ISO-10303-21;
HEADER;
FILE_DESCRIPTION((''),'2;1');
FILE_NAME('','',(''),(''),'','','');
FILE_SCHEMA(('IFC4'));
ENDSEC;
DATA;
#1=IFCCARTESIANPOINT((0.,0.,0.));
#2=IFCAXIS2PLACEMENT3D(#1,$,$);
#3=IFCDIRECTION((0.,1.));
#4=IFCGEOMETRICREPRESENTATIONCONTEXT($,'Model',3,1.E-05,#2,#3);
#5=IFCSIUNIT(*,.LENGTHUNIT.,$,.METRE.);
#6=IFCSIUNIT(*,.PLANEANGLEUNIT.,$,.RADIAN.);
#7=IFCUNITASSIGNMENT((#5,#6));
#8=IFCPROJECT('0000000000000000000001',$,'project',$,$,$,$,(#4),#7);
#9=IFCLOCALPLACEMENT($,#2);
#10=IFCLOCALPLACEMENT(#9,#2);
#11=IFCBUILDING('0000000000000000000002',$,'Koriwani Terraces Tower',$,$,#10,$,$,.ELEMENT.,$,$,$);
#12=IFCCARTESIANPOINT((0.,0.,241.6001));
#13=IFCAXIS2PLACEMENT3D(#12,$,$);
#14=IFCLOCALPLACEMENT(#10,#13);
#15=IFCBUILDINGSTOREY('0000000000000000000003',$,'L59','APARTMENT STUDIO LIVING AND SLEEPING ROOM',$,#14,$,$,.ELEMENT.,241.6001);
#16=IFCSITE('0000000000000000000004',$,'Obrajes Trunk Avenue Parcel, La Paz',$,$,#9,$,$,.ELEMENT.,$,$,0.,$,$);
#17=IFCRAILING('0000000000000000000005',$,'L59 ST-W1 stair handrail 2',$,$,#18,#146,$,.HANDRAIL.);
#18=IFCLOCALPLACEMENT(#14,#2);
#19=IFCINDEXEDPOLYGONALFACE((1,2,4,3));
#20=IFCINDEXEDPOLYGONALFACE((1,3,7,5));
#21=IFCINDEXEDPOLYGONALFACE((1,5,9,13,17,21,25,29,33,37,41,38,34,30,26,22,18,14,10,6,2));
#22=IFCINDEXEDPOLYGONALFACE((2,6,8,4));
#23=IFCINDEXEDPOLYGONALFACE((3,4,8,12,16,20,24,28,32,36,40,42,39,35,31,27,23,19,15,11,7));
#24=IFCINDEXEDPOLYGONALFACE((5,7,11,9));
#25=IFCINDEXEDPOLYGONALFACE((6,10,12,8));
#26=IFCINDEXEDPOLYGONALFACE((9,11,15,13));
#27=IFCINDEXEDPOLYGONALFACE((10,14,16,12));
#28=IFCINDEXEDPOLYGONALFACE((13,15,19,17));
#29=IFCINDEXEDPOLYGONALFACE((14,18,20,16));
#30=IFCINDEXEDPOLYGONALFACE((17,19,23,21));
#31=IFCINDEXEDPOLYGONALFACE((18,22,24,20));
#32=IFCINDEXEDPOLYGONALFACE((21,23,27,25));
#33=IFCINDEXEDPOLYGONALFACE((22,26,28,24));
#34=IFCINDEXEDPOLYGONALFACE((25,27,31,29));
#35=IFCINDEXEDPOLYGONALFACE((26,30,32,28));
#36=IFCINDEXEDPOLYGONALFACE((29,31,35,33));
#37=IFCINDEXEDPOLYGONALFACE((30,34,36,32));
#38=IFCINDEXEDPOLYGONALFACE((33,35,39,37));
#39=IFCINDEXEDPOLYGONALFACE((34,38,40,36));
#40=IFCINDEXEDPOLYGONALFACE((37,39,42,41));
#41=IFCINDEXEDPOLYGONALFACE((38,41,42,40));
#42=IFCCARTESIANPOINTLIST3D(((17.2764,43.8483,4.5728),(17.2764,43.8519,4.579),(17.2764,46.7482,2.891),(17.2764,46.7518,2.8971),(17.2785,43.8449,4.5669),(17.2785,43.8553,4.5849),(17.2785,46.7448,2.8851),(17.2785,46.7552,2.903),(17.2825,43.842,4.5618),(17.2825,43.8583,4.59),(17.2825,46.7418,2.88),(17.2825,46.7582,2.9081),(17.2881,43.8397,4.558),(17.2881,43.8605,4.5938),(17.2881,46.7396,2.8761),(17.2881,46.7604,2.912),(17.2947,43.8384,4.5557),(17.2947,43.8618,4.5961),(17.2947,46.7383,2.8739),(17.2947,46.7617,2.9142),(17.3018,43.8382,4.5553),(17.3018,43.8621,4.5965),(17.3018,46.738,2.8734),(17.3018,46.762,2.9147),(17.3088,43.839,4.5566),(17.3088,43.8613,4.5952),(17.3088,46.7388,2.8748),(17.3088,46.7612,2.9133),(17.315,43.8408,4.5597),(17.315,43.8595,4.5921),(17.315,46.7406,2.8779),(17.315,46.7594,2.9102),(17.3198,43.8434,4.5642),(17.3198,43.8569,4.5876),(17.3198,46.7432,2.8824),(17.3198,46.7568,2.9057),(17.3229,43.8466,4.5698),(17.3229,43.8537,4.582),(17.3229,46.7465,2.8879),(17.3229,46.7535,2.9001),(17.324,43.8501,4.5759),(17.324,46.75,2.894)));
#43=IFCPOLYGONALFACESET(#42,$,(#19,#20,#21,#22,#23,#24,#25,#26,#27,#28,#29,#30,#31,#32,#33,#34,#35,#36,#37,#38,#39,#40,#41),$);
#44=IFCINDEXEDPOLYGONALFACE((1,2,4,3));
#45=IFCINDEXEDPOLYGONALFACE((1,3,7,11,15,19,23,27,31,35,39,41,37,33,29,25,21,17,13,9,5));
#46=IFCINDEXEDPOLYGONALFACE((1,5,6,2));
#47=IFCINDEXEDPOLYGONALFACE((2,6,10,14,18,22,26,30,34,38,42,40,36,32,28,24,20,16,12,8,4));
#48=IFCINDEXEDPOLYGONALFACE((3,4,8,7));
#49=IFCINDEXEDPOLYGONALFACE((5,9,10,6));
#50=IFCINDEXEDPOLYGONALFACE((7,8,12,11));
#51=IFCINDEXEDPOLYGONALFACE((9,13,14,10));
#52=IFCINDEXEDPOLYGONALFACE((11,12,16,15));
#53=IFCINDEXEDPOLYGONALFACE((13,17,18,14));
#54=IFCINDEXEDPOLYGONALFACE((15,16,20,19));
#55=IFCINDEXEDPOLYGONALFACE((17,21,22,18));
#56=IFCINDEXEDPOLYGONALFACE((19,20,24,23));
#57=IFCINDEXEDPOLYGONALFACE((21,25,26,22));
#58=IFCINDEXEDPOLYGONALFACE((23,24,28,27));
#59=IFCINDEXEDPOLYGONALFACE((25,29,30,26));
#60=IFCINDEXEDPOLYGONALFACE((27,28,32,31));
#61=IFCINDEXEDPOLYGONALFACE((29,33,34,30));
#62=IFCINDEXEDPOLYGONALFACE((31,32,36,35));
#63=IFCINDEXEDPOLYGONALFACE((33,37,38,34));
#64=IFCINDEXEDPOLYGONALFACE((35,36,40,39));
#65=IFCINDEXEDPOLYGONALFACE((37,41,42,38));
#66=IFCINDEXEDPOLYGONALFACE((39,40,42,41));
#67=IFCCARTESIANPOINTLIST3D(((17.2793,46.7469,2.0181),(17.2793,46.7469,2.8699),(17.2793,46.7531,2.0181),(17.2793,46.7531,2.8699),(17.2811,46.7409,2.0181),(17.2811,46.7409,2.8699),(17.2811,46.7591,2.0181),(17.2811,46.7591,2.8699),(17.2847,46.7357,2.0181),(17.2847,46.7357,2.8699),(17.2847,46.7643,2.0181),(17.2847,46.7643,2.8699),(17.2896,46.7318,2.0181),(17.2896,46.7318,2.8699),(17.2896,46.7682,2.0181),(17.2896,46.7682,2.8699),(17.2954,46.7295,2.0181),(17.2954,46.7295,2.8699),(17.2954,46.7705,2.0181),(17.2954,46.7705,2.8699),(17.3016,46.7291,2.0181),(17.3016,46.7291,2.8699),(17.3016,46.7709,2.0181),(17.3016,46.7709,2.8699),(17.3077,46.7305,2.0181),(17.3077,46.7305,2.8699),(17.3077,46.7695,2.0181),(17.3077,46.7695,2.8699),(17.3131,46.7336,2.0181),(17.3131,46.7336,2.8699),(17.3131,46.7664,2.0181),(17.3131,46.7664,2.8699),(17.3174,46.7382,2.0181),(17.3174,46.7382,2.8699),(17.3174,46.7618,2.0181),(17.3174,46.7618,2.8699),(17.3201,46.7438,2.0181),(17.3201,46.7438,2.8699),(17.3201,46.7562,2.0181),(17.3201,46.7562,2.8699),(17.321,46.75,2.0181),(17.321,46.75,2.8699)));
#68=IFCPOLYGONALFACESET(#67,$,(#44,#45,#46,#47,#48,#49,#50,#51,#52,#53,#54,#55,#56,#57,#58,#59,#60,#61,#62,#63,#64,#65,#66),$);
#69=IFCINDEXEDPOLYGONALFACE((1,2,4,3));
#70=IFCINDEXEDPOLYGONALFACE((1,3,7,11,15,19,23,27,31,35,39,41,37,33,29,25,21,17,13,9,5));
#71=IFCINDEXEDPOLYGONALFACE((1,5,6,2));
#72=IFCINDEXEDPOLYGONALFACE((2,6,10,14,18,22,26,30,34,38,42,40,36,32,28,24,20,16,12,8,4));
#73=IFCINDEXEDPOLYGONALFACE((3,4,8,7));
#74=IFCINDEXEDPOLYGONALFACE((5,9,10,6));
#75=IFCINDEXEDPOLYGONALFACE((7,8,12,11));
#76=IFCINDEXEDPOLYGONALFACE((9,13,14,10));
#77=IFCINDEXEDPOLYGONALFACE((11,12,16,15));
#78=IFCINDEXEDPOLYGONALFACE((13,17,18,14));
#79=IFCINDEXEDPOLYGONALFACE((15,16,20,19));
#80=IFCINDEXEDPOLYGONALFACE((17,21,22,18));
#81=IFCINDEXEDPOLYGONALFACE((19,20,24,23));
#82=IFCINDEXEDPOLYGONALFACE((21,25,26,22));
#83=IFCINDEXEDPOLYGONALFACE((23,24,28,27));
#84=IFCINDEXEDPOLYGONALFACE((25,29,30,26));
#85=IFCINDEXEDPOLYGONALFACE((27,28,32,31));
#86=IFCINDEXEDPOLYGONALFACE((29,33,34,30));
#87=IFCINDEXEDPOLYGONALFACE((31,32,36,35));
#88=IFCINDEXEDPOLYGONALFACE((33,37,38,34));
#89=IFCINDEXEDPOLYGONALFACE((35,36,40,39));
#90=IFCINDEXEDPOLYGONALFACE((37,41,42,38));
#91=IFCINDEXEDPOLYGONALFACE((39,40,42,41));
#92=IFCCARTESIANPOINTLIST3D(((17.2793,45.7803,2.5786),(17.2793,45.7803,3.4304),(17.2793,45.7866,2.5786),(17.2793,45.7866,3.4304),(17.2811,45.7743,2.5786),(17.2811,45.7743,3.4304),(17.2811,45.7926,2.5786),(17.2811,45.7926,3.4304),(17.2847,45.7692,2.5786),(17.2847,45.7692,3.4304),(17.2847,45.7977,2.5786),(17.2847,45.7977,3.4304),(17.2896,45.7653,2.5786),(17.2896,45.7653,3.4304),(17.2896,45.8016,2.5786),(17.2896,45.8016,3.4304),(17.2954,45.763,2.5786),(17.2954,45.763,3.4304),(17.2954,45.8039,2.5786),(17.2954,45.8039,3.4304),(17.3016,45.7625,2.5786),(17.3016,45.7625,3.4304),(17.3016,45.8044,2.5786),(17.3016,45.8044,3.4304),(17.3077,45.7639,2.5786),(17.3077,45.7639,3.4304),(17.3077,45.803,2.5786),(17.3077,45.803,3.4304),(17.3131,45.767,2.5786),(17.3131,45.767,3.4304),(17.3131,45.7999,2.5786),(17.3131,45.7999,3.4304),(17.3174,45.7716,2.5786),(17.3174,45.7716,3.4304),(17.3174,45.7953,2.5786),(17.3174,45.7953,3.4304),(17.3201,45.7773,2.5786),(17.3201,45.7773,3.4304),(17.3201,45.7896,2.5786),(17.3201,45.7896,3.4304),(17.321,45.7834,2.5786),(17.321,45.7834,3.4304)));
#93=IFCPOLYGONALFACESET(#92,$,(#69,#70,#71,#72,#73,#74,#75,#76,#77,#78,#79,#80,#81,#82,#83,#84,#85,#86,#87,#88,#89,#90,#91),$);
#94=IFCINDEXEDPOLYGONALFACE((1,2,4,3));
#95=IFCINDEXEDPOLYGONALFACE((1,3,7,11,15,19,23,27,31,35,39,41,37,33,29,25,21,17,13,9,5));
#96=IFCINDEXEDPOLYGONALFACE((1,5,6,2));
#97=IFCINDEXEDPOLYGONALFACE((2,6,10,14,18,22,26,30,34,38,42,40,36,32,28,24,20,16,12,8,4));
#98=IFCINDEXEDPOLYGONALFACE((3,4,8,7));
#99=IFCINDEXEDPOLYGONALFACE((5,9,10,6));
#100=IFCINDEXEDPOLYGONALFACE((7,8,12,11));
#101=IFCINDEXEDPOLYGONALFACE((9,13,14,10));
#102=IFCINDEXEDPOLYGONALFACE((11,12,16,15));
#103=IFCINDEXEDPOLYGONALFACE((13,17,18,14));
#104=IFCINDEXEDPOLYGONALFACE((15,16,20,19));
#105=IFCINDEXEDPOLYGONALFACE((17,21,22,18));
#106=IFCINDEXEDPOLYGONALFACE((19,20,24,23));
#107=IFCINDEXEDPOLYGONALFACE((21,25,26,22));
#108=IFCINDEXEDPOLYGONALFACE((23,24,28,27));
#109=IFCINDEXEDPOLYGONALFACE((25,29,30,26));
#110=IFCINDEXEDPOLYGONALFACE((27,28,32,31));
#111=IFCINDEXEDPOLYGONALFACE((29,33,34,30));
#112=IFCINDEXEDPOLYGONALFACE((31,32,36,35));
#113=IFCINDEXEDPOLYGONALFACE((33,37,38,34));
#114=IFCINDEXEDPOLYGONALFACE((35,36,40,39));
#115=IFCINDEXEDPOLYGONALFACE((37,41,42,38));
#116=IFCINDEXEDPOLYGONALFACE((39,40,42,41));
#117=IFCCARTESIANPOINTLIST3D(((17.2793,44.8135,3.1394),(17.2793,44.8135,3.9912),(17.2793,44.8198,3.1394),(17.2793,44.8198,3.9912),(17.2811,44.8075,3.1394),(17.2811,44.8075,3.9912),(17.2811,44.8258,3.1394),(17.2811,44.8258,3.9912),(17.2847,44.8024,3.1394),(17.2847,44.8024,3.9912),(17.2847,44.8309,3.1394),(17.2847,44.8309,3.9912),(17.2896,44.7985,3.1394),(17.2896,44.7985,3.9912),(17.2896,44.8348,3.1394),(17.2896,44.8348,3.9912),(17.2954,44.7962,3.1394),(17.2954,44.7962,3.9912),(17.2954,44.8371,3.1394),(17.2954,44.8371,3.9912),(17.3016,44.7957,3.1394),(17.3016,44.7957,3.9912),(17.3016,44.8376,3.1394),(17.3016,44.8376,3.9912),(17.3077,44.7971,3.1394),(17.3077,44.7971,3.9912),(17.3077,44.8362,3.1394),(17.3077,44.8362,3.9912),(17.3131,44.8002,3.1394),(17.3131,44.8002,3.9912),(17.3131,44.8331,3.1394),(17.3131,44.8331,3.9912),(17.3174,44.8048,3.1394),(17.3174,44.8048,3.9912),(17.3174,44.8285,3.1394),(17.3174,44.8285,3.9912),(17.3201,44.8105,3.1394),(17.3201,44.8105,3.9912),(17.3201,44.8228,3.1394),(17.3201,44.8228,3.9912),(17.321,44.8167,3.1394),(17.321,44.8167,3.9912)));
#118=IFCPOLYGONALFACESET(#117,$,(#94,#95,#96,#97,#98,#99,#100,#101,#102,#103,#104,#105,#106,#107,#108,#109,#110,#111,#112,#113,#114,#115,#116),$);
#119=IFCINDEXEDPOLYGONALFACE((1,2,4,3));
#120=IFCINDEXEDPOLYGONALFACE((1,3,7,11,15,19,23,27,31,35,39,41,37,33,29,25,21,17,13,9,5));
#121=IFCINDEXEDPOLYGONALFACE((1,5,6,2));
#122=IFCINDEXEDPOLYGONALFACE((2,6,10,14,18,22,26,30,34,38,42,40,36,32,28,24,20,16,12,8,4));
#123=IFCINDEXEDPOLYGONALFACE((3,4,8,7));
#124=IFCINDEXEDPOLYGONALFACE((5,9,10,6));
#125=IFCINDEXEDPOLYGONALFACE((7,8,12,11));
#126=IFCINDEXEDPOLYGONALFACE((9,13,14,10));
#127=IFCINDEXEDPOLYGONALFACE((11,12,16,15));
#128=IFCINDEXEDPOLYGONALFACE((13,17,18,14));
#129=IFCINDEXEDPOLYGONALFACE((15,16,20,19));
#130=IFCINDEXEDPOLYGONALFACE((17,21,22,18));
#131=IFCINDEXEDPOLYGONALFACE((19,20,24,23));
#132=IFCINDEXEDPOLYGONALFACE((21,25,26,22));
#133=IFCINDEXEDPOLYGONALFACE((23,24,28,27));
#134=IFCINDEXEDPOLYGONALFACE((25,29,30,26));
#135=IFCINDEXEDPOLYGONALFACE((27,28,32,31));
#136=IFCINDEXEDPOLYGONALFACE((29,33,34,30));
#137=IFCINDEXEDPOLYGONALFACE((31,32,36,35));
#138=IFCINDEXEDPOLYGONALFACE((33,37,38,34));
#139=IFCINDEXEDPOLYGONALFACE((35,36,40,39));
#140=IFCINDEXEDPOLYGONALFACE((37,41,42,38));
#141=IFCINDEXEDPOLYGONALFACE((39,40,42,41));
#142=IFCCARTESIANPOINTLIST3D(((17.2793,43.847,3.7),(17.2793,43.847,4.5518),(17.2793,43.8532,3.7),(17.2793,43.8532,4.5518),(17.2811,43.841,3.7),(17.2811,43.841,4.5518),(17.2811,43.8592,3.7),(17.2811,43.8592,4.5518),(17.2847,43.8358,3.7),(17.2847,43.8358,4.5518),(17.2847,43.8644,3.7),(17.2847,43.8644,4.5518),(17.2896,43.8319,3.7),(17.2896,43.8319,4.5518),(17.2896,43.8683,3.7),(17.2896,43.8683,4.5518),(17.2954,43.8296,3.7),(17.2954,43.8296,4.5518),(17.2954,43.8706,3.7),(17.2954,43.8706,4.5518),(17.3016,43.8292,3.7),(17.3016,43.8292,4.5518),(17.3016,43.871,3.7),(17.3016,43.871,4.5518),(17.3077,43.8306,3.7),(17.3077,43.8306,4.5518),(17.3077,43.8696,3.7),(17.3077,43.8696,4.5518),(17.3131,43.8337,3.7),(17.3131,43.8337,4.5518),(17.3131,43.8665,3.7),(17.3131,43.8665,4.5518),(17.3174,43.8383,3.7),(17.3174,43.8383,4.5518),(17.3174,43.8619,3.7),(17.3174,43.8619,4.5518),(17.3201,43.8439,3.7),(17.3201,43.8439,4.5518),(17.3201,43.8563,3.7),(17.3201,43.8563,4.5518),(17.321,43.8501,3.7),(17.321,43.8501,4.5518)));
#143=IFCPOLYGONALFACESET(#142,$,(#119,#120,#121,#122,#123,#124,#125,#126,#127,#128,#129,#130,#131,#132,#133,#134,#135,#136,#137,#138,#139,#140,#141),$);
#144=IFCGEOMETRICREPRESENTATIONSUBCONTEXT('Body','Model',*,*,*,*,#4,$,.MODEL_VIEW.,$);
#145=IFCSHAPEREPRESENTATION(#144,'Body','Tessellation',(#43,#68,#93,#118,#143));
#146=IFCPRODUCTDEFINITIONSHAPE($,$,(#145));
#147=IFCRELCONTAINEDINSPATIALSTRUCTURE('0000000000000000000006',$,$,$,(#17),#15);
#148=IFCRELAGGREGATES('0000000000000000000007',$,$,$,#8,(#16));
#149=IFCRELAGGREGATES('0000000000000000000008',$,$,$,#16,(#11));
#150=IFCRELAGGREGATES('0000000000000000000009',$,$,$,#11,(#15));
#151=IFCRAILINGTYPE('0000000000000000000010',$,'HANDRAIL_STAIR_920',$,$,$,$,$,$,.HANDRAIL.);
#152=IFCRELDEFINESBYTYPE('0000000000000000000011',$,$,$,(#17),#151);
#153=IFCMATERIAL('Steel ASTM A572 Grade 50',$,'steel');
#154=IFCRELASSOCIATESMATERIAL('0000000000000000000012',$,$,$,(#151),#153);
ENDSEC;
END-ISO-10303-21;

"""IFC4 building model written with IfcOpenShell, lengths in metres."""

from ifc_helpers import new_model, si_unit, direction, frame, origin, origin_2d, place, context, subcontext, project, spatial, circle, extrude, material, type_object, element, save


model = new_model("IFC4")

# Units and contexts
model_context = context("Model", 3, precision=1e-05, world=origin(), true_north=direction((0.0, 1.0)))
body_context = subcontext(model_context, "Body", "Model", "MODEL_VIEW")
ifc_project = project(units=[si_unit("LENGTHUNIT", "METRE"), si_unit("PLANEANGLEUNIT", "RADIAN")], contexts=[model_context])

# Site, building, storey
site_placement = place(None, origin())
site = spatial("IfcSite", under=ifc_project, at=site_placement, Name="Obrajes Trunk Avenue Parcel, La Paz", CompositionType="ELEMENT", RefElevation=0.0)
building_placement = place(site_placement, origin())
building = spatial("IfcBuilding", under=site, at=building_placement, Name="Koriwani Terraces Tower", CompositionType="ELEMENT")
storey_placement = place(building_placement, frame((0.0, 0.0, 241.6001)))
storey = spatial("IfcBuildingStorey", under=building, at=storey_placement, Name="L59", Description="APARTMENT STUDIO LIVING AND SLEEPING ROOM", CompositionType="ELEMENT", Elevation=241.6001)

# Shared definitions
ifc_material_1 = material(Name="Steel ASTM A572 Grade 50", Category="steel")

# Railing
railing_type_1 = type_object("IfcRailingType", Name="HANDRAIL_STAIR_920", PredefinedType="HANDRAIL", material=ifc_material_1)
railing_1_placement = place(storey_placement, frame((17.3, 46.75, 2.0181)))
element("IfcRailing", 1, at=railing_1_placement, inside=storey, type_object=railing_type_1, Name="L59 ST-W1 stair handrail 2", PredefinedType="HANDRAIL", context=body_context, shape_type="SweptSolid", body=[
    extrude(circle(Radius=0.0239, at=origin_2d()), frame((0.0, 0.0, 0.876), z_axis=(0.0, -0.865039, 0.501705), x_axis=(1.0, 0.0, 0.0)), (0.0, 0.0, 1.0), 3.3523),
    extrude(circle(Radius=0.021, at=origin_2d()), origin(), (0.0, 0.0, 1.0), 0.8518),
    extrude(circle(Radius=0.021, at=origin_2d()), frame((0.0, -0.9666, 0.5605)), (0.0, 0.0, 1.0), 0.8518),
    extrude(circle(Radius=0.021, at=origin_2d()), frame((0.0, -1.9333, 1.1213)), (0.0, 0.0, 1.0), 0.8518),
    extrude(circle(Radius=0.021, at=origin_2d()), frame((0.0, -2.8999, 1.6819)), (0.0, 0.0, 1.0), 0.8518),
])

save(model, "model.ifc")
